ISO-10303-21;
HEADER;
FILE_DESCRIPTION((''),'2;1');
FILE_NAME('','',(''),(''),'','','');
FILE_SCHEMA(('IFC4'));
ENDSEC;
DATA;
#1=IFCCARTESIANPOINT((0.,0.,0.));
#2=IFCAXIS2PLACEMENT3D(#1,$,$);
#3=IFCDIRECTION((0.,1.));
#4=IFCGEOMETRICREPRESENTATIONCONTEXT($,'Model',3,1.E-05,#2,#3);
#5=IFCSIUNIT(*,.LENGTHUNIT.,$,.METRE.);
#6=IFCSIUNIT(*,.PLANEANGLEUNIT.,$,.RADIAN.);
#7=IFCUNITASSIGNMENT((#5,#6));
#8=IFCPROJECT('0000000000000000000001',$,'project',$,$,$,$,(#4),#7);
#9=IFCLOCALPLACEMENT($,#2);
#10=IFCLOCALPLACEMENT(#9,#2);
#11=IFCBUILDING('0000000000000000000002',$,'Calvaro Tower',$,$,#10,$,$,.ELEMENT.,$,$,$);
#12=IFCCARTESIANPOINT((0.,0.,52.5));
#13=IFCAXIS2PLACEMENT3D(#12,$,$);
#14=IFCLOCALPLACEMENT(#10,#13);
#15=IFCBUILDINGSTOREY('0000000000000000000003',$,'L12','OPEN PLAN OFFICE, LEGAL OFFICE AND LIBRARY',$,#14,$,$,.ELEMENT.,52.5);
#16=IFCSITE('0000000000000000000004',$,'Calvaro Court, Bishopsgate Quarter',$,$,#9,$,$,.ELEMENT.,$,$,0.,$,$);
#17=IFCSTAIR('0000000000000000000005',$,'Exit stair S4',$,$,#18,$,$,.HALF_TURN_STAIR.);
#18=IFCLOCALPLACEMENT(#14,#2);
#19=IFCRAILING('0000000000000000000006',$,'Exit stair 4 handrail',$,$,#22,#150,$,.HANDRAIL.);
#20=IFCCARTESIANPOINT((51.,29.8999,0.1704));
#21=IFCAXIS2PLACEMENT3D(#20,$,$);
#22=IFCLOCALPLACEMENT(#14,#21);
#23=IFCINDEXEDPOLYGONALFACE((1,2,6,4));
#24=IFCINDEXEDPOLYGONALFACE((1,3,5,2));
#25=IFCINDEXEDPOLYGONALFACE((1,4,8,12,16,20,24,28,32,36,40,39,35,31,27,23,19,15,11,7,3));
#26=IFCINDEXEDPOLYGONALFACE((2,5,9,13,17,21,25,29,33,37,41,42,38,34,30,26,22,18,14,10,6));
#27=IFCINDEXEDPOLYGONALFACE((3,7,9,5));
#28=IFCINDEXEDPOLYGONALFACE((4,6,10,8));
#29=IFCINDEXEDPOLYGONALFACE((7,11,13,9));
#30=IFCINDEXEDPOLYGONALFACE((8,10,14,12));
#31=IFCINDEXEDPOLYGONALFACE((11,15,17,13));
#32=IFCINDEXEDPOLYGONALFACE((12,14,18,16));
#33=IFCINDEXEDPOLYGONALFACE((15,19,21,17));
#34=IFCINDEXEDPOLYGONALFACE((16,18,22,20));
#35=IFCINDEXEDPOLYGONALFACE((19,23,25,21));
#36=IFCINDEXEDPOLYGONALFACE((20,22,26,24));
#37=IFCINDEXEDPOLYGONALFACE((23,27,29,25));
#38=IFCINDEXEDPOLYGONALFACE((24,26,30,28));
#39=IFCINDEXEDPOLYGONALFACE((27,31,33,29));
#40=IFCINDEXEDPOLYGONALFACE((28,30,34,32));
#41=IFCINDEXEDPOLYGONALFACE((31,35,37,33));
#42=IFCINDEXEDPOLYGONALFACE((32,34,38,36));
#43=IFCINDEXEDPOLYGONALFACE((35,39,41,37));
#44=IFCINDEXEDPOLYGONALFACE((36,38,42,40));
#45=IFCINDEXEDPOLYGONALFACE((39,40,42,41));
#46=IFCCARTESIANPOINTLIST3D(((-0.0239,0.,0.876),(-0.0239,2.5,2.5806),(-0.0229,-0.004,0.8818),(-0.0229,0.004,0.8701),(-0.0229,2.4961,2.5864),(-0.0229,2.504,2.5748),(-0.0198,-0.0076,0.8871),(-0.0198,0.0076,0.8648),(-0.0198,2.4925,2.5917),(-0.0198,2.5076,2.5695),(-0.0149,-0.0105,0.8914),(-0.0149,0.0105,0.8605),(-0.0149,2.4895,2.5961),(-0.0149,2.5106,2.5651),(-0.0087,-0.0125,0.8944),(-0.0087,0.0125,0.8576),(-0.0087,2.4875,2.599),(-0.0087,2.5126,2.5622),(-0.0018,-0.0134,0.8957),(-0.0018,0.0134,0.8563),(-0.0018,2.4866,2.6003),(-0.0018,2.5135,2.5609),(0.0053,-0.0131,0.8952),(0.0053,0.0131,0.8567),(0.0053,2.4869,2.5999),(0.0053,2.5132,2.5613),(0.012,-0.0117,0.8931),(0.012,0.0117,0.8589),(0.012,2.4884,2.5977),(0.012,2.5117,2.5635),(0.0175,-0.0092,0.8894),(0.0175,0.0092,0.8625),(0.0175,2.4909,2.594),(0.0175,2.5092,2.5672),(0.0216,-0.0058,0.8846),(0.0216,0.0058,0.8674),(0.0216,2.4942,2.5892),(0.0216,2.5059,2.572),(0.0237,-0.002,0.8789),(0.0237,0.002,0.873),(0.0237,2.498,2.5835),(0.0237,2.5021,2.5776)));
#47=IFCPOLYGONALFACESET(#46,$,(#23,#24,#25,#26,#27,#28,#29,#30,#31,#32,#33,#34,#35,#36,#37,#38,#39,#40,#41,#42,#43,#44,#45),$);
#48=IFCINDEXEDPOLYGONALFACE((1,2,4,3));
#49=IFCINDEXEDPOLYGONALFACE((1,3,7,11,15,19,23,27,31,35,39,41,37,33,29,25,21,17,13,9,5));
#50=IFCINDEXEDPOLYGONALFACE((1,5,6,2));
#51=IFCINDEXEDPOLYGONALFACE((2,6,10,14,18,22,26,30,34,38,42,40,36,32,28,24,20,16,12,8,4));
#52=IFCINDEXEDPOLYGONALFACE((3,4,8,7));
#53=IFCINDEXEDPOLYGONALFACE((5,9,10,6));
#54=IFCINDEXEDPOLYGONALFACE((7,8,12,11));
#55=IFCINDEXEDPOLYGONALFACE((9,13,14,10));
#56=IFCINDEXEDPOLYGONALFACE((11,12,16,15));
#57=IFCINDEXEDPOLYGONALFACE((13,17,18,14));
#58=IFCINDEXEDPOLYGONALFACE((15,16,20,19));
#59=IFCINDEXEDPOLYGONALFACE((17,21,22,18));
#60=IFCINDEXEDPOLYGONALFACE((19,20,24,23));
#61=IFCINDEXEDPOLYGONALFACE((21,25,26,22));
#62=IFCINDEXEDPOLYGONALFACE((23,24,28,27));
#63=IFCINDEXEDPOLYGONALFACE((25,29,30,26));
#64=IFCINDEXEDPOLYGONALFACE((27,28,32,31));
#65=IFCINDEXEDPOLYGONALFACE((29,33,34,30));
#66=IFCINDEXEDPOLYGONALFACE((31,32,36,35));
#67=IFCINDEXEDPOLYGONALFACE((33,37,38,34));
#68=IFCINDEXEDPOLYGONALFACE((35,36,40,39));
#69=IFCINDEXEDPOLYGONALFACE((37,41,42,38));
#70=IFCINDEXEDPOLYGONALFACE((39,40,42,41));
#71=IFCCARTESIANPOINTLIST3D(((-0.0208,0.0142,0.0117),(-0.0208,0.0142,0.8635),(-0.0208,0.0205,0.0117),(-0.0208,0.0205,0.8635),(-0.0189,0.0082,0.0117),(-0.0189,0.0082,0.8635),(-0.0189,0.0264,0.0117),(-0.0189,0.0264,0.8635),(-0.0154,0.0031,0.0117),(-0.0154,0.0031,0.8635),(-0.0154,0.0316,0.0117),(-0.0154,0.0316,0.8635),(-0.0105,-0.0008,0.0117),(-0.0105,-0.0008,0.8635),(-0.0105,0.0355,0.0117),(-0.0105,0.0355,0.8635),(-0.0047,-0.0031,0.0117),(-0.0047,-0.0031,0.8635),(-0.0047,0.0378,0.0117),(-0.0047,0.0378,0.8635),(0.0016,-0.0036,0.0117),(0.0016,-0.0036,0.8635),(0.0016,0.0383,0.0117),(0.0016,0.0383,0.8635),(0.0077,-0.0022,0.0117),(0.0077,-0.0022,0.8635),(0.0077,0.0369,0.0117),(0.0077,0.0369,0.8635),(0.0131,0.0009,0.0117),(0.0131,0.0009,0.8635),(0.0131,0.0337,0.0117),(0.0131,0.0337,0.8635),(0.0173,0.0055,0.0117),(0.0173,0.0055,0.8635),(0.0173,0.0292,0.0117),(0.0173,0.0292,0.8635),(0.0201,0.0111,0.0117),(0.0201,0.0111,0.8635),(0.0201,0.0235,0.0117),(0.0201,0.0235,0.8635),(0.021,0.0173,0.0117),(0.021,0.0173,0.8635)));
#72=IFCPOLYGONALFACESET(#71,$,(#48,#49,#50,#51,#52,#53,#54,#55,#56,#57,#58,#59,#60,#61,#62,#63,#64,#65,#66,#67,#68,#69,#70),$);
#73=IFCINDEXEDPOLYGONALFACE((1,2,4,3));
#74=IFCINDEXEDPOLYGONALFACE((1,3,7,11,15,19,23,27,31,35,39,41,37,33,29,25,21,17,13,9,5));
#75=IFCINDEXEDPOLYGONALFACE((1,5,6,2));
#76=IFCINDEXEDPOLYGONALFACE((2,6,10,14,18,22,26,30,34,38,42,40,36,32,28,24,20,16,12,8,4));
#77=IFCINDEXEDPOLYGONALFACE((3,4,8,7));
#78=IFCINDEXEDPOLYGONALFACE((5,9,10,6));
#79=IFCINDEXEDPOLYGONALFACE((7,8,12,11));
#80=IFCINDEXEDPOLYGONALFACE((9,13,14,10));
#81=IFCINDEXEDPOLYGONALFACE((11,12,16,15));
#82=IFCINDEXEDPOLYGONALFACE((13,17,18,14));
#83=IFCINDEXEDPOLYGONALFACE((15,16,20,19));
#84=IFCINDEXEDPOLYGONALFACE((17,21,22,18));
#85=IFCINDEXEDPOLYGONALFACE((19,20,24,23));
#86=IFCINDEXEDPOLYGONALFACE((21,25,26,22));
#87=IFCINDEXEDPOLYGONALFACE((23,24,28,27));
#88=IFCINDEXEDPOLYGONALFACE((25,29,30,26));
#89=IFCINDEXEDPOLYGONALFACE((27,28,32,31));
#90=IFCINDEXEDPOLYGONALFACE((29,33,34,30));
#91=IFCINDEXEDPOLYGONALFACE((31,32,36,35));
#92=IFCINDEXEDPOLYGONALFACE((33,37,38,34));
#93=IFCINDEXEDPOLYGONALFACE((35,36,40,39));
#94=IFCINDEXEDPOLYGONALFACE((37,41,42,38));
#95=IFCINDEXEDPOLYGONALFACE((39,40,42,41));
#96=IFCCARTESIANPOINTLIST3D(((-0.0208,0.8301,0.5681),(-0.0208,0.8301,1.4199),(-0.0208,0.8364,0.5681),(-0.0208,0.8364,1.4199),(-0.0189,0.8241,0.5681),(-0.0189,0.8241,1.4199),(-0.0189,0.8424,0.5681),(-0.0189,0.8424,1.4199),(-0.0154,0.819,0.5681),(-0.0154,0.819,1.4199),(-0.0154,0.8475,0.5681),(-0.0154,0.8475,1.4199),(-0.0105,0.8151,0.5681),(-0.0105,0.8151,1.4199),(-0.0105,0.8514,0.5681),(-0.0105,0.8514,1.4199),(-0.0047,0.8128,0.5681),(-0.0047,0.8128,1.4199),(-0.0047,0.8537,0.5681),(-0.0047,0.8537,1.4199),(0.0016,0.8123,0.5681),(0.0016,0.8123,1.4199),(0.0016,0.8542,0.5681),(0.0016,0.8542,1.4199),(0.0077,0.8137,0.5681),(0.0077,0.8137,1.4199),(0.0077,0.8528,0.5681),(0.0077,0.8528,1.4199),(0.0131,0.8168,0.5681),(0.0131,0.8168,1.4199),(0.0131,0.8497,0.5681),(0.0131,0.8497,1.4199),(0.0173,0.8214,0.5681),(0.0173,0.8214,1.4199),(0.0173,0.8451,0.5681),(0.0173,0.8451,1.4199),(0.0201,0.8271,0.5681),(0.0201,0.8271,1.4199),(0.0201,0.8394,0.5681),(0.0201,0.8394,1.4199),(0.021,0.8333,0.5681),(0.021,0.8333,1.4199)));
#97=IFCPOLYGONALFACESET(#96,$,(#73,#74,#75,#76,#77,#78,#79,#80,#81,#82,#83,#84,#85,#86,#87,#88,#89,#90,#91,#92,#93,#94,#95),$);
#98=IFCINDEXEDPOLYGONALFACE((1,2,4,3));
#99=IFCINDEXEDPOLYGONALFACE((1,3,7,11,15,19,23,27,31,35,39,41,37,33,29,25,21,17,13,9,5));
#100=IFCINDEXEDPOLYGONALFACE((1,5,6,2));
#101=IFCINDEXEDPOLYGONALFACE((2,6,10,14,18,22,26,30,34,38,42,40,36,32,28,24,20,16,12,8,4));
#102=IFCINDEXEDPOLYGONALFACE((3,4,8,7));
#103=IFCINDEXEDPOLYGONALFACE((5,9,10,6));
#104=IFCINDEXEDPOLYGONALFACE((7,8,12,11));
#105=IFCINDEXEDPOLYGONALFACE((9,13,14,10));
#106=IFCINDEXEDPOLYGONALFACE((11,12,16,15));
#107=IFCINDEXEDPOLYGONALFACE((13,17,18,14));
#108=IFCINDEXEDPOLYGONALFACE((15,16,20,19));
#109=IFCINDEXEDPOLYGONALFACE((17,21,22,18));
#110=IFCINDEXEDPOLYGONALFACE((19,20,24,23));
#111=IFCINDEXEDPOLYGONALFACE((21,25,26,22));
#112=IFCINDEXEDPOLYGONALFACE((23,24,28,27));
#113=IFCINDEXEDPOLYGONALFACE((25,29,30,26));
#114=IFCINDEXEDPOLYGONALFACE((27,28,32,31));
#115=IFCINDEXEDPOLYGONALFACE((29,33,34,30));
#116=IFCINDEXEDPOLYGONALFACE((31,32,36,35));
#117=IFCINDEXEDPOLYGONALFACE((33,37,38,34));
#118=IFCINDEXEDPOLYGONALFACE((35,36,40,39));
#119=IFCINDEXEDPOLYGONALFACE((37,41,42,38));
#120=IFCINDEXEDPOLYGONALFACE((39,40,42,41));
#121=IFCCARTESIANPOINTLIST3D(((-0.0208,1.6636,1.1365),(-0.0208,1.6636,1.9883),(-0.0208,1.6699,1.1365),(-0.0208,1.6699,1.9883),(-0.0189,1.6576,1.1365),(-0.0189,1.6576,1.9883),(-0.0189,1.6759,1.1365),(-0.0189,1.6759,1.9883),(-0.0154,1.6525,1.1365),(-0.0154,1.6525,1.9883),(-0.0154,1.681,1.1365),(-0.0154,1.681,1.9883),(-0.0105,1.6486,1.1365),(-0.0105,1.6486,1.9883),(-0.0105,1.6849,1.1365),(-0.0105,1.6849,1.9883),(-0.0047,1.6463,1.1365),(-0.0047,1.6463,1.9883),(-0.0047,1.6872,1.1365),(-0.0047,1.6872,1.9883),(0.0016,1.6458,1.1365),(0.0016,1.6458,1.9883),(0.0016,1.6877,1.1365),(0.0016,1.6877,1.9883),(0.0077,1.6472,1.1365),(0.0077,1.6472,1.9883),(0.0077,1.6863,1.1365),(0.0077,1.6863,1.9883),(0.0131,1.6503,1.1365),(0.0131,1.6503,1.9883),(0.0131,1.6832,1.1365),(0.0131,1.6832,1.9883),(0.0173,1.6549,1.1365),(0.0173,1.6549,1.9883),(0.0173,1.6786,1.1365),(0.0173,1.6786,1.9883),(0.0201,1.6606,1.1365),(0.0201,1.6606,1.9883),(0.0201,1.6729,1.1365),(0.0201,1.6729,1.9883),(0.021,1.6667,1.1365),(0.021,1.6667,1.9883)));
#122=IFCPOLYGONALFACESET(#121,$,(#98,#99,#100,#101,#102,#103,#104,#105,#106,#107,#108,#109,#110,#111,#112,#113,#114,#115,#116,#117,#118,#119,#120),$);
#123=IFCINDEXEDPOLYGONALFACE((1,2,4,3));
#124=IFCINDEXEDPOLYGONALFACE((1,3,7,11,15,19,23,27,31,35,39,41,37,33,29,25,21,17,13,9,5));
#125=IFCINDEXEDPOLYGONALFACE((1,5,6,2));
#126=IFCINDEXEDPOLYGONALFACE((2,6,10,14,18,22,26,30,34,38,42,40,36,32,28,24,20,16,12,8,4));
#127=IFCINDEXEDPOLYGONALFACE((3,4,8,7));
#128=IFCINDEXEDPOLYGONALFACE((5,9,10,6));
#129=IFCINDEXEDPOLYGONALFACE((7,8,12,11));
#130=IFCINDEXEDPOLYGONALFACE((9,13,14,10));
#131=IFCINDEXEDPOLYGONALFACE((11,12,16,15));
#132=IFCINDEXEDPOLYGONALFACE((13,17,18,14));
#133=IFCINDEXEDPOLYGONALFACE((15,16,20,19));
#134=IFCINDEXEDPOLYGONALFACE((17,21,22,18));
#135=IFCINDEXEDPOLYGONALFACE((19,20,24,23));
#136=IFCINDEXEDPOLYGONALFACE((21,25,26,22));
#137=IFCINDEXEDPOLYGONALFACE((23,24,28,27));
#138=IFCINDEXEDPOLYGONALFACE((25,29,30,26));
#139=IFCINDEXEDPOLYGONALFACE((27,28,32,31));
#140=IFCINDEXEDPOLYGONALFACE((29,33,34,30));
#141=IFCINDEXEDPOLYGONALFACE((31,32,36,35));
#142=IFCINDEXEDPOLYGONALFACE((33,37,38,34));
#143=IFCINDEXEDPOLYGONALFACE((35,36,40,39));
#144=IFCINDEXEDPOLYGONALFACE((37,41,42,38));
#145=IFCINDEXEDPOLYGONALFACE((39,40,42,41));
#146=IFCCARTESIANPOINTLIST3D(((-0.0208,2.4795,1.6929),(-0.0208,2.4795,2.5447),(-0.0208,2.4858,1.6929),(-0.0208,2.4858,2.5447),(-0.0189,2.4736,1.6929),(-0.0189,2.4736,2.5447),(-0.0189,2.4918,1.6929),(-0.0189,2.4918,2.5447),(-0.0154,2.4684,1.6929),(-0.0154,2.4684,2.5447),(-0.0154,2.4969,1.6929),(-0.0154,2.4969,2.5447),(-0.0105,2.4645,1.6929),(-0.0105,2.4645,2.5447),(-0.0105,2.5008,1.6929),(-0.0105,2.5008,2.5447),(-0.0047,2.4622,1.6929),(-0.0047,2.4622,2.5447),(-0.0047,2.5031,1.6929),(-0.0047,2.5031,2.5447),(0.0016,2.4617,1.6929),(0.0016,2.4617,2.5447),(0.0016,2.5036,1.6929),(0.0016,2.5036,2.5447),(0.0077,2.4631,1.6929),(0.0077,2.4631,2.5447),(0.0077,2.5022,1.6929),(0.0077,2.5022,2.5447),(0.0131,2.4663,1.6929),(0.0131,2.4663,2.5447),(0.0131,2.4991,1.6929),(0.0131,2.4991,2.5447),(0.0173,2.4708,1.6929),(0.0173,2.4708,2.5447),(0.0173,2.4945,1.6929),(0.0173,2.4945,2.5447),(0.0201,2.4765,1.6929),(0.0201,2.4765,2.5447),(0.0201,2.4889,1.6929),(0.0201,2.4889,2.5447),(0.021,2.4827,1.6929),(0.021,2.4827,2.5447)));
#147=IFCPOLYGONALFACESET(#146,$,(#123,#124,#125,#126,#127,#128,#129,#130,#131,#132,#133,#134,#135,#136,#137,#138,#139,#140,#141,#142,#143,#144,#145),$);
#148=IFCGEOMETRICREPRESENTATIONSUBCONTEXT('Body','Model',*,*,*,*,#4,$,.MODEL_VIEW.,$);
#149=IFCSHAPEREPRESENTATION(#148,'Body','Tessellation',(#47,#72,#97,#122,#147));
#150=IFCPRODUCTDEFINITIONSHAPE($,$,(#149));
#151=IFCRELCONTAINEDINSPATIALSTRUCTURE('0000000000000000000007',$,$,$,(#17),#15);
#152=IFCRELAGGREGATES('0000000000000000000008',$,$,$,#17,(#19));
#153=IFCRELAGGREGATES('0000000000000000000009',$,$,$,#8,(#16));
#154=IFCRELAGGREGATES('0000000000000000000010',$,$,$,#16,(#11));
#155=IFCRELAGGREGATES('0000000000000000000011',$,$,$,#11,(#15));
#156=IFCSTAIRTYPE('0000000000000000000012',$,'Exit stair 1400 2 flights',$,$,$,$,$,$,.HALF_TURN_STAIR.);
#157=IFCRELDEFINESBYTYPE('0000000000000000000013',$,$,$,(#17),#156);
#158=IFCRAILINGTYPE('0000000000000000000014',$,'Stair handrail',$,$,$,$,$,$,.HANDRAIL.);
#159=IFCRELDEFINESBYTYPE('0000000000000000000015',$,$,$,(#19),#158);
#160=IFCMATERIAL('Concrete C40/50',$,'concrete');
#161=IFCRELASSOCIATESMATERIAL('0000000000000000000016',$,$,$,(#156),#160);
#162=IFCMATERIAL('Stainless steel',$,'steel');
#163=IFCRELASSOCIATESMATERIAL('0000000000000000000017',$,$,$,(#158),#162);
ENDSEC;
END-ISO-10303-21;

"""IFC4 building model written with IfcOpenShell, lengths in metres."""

from ifc_helpers import new_model, si_unit, direction, frame, origin, origin_2d, place, context, subcontext, project, spatial, circle, extrude, material, type_object, element, aggregate, save


model = new_model("IFC4")

# Units and contexts
model_context = context("Model", 3, precision=1e-05, world=origin(), true_north=direction((0.0, 1.0)))
body_context = subcontext(model_context, "Body", "Model", "MODEL_VIEW")
ifc_project = project(units=[si_unit("LENGTHUNIT", "METRE"), si_unit("PLANEANGLEUNIT", "RADIAN")], contexts=[model_context])

# Site, building, storey
site_placement = place(None, origin())
site = spatial("IfcSite", under=ifc_project, at=site_placement, Name="Calvaro Court, Bishopsgate Quarter", CompositionType="ELEMENT", RefElevation=0.0)
building_placement = place(site_placement, origin())
building = spatial("IfcBuilding", under=site, at=building_placement, Name="Calvaro Tower", CompositionType="ELEMENT")
storey_placement = place(building_placement, frame((0.0, 0.0, 52.5)))
storey = spatial("IfcBuildingStorey", under=building, at=storey_placement, Name="L12", Description="OPEN PLAN OFFICE, LEGAL OFFICE AND LIBRARY", CompositionType="ELEMENT", Elevation=52.5)

# Stair
ifc_material_1 = material(Name="Concrete C40/50", Category="concrete")
stair_type = type_object("IfcStairType", Name="Exit stair 1400 2 flights", PredefinedType="HALF_TURN_STAIR", material=ifc_material_1)
stair_1_placement = place(storey_placement, origin())
stair_1 = element("IfcStair", 1, at=stair_1_placement, inside=storey, type_object=stair_type, Name="Exit stair S4", PredefinedType="HALF_TURN_STAIR")

# Railing
ifc_material_2 = material(Name="Stainless steel", Category="steel")
railing_type = type_object("IfcRailingType", Name="Stair handrail", PredefinedType="HANDRAIL", material=ifc_material_2)
railing_1_placement = place(storey_placement, frame((51.0, 29.8999, 0.1704)))
railing_1 = element("IfcRailing", 2, at=railing_1_placement, type_object=railing_type, Name="Exit stair 4 handrail", PredefinedType="HANDRAIL", context=body_context, shape_type="SweptSolid", body=[
    extrude(circle(Radius=0.0239, at=origin_2d()), frame((0.0, 0.0, 0.876), z_axis=(0.0, 0.826221, 0.563347), x_axis=(-1.0, 0.0, 0.0)), (0.0, 0.0, 1.0), 3.0259),
    extrude(circle(Radius=0.021, at=origin_2d()), frame((0.0, 0.0173, 0.0117)), (0.0, 0.0, 1.0), 0.8518),
    extrude(circle(Radius=0.021, at=origin_2d()), frame((0.0, 0.8333, 0.5681)), (0.0, 0.0, 1.0), 0.8518),
    extrude(circle(Radius=0.021, at=origin_2d()), frame((0.0, 1.6667, 1.1365)), (0.0, 0.0, 1.0), 0.8518),
    extrude(circle(Radius=0.021, at=origin_2d()), frame((0.0, 2.4827, 1.6929)), (0.0, 0.0, 1.0), 0.8518),
])
aggregate(stair_1, [railing_1])

save(model, "model.ifc")
